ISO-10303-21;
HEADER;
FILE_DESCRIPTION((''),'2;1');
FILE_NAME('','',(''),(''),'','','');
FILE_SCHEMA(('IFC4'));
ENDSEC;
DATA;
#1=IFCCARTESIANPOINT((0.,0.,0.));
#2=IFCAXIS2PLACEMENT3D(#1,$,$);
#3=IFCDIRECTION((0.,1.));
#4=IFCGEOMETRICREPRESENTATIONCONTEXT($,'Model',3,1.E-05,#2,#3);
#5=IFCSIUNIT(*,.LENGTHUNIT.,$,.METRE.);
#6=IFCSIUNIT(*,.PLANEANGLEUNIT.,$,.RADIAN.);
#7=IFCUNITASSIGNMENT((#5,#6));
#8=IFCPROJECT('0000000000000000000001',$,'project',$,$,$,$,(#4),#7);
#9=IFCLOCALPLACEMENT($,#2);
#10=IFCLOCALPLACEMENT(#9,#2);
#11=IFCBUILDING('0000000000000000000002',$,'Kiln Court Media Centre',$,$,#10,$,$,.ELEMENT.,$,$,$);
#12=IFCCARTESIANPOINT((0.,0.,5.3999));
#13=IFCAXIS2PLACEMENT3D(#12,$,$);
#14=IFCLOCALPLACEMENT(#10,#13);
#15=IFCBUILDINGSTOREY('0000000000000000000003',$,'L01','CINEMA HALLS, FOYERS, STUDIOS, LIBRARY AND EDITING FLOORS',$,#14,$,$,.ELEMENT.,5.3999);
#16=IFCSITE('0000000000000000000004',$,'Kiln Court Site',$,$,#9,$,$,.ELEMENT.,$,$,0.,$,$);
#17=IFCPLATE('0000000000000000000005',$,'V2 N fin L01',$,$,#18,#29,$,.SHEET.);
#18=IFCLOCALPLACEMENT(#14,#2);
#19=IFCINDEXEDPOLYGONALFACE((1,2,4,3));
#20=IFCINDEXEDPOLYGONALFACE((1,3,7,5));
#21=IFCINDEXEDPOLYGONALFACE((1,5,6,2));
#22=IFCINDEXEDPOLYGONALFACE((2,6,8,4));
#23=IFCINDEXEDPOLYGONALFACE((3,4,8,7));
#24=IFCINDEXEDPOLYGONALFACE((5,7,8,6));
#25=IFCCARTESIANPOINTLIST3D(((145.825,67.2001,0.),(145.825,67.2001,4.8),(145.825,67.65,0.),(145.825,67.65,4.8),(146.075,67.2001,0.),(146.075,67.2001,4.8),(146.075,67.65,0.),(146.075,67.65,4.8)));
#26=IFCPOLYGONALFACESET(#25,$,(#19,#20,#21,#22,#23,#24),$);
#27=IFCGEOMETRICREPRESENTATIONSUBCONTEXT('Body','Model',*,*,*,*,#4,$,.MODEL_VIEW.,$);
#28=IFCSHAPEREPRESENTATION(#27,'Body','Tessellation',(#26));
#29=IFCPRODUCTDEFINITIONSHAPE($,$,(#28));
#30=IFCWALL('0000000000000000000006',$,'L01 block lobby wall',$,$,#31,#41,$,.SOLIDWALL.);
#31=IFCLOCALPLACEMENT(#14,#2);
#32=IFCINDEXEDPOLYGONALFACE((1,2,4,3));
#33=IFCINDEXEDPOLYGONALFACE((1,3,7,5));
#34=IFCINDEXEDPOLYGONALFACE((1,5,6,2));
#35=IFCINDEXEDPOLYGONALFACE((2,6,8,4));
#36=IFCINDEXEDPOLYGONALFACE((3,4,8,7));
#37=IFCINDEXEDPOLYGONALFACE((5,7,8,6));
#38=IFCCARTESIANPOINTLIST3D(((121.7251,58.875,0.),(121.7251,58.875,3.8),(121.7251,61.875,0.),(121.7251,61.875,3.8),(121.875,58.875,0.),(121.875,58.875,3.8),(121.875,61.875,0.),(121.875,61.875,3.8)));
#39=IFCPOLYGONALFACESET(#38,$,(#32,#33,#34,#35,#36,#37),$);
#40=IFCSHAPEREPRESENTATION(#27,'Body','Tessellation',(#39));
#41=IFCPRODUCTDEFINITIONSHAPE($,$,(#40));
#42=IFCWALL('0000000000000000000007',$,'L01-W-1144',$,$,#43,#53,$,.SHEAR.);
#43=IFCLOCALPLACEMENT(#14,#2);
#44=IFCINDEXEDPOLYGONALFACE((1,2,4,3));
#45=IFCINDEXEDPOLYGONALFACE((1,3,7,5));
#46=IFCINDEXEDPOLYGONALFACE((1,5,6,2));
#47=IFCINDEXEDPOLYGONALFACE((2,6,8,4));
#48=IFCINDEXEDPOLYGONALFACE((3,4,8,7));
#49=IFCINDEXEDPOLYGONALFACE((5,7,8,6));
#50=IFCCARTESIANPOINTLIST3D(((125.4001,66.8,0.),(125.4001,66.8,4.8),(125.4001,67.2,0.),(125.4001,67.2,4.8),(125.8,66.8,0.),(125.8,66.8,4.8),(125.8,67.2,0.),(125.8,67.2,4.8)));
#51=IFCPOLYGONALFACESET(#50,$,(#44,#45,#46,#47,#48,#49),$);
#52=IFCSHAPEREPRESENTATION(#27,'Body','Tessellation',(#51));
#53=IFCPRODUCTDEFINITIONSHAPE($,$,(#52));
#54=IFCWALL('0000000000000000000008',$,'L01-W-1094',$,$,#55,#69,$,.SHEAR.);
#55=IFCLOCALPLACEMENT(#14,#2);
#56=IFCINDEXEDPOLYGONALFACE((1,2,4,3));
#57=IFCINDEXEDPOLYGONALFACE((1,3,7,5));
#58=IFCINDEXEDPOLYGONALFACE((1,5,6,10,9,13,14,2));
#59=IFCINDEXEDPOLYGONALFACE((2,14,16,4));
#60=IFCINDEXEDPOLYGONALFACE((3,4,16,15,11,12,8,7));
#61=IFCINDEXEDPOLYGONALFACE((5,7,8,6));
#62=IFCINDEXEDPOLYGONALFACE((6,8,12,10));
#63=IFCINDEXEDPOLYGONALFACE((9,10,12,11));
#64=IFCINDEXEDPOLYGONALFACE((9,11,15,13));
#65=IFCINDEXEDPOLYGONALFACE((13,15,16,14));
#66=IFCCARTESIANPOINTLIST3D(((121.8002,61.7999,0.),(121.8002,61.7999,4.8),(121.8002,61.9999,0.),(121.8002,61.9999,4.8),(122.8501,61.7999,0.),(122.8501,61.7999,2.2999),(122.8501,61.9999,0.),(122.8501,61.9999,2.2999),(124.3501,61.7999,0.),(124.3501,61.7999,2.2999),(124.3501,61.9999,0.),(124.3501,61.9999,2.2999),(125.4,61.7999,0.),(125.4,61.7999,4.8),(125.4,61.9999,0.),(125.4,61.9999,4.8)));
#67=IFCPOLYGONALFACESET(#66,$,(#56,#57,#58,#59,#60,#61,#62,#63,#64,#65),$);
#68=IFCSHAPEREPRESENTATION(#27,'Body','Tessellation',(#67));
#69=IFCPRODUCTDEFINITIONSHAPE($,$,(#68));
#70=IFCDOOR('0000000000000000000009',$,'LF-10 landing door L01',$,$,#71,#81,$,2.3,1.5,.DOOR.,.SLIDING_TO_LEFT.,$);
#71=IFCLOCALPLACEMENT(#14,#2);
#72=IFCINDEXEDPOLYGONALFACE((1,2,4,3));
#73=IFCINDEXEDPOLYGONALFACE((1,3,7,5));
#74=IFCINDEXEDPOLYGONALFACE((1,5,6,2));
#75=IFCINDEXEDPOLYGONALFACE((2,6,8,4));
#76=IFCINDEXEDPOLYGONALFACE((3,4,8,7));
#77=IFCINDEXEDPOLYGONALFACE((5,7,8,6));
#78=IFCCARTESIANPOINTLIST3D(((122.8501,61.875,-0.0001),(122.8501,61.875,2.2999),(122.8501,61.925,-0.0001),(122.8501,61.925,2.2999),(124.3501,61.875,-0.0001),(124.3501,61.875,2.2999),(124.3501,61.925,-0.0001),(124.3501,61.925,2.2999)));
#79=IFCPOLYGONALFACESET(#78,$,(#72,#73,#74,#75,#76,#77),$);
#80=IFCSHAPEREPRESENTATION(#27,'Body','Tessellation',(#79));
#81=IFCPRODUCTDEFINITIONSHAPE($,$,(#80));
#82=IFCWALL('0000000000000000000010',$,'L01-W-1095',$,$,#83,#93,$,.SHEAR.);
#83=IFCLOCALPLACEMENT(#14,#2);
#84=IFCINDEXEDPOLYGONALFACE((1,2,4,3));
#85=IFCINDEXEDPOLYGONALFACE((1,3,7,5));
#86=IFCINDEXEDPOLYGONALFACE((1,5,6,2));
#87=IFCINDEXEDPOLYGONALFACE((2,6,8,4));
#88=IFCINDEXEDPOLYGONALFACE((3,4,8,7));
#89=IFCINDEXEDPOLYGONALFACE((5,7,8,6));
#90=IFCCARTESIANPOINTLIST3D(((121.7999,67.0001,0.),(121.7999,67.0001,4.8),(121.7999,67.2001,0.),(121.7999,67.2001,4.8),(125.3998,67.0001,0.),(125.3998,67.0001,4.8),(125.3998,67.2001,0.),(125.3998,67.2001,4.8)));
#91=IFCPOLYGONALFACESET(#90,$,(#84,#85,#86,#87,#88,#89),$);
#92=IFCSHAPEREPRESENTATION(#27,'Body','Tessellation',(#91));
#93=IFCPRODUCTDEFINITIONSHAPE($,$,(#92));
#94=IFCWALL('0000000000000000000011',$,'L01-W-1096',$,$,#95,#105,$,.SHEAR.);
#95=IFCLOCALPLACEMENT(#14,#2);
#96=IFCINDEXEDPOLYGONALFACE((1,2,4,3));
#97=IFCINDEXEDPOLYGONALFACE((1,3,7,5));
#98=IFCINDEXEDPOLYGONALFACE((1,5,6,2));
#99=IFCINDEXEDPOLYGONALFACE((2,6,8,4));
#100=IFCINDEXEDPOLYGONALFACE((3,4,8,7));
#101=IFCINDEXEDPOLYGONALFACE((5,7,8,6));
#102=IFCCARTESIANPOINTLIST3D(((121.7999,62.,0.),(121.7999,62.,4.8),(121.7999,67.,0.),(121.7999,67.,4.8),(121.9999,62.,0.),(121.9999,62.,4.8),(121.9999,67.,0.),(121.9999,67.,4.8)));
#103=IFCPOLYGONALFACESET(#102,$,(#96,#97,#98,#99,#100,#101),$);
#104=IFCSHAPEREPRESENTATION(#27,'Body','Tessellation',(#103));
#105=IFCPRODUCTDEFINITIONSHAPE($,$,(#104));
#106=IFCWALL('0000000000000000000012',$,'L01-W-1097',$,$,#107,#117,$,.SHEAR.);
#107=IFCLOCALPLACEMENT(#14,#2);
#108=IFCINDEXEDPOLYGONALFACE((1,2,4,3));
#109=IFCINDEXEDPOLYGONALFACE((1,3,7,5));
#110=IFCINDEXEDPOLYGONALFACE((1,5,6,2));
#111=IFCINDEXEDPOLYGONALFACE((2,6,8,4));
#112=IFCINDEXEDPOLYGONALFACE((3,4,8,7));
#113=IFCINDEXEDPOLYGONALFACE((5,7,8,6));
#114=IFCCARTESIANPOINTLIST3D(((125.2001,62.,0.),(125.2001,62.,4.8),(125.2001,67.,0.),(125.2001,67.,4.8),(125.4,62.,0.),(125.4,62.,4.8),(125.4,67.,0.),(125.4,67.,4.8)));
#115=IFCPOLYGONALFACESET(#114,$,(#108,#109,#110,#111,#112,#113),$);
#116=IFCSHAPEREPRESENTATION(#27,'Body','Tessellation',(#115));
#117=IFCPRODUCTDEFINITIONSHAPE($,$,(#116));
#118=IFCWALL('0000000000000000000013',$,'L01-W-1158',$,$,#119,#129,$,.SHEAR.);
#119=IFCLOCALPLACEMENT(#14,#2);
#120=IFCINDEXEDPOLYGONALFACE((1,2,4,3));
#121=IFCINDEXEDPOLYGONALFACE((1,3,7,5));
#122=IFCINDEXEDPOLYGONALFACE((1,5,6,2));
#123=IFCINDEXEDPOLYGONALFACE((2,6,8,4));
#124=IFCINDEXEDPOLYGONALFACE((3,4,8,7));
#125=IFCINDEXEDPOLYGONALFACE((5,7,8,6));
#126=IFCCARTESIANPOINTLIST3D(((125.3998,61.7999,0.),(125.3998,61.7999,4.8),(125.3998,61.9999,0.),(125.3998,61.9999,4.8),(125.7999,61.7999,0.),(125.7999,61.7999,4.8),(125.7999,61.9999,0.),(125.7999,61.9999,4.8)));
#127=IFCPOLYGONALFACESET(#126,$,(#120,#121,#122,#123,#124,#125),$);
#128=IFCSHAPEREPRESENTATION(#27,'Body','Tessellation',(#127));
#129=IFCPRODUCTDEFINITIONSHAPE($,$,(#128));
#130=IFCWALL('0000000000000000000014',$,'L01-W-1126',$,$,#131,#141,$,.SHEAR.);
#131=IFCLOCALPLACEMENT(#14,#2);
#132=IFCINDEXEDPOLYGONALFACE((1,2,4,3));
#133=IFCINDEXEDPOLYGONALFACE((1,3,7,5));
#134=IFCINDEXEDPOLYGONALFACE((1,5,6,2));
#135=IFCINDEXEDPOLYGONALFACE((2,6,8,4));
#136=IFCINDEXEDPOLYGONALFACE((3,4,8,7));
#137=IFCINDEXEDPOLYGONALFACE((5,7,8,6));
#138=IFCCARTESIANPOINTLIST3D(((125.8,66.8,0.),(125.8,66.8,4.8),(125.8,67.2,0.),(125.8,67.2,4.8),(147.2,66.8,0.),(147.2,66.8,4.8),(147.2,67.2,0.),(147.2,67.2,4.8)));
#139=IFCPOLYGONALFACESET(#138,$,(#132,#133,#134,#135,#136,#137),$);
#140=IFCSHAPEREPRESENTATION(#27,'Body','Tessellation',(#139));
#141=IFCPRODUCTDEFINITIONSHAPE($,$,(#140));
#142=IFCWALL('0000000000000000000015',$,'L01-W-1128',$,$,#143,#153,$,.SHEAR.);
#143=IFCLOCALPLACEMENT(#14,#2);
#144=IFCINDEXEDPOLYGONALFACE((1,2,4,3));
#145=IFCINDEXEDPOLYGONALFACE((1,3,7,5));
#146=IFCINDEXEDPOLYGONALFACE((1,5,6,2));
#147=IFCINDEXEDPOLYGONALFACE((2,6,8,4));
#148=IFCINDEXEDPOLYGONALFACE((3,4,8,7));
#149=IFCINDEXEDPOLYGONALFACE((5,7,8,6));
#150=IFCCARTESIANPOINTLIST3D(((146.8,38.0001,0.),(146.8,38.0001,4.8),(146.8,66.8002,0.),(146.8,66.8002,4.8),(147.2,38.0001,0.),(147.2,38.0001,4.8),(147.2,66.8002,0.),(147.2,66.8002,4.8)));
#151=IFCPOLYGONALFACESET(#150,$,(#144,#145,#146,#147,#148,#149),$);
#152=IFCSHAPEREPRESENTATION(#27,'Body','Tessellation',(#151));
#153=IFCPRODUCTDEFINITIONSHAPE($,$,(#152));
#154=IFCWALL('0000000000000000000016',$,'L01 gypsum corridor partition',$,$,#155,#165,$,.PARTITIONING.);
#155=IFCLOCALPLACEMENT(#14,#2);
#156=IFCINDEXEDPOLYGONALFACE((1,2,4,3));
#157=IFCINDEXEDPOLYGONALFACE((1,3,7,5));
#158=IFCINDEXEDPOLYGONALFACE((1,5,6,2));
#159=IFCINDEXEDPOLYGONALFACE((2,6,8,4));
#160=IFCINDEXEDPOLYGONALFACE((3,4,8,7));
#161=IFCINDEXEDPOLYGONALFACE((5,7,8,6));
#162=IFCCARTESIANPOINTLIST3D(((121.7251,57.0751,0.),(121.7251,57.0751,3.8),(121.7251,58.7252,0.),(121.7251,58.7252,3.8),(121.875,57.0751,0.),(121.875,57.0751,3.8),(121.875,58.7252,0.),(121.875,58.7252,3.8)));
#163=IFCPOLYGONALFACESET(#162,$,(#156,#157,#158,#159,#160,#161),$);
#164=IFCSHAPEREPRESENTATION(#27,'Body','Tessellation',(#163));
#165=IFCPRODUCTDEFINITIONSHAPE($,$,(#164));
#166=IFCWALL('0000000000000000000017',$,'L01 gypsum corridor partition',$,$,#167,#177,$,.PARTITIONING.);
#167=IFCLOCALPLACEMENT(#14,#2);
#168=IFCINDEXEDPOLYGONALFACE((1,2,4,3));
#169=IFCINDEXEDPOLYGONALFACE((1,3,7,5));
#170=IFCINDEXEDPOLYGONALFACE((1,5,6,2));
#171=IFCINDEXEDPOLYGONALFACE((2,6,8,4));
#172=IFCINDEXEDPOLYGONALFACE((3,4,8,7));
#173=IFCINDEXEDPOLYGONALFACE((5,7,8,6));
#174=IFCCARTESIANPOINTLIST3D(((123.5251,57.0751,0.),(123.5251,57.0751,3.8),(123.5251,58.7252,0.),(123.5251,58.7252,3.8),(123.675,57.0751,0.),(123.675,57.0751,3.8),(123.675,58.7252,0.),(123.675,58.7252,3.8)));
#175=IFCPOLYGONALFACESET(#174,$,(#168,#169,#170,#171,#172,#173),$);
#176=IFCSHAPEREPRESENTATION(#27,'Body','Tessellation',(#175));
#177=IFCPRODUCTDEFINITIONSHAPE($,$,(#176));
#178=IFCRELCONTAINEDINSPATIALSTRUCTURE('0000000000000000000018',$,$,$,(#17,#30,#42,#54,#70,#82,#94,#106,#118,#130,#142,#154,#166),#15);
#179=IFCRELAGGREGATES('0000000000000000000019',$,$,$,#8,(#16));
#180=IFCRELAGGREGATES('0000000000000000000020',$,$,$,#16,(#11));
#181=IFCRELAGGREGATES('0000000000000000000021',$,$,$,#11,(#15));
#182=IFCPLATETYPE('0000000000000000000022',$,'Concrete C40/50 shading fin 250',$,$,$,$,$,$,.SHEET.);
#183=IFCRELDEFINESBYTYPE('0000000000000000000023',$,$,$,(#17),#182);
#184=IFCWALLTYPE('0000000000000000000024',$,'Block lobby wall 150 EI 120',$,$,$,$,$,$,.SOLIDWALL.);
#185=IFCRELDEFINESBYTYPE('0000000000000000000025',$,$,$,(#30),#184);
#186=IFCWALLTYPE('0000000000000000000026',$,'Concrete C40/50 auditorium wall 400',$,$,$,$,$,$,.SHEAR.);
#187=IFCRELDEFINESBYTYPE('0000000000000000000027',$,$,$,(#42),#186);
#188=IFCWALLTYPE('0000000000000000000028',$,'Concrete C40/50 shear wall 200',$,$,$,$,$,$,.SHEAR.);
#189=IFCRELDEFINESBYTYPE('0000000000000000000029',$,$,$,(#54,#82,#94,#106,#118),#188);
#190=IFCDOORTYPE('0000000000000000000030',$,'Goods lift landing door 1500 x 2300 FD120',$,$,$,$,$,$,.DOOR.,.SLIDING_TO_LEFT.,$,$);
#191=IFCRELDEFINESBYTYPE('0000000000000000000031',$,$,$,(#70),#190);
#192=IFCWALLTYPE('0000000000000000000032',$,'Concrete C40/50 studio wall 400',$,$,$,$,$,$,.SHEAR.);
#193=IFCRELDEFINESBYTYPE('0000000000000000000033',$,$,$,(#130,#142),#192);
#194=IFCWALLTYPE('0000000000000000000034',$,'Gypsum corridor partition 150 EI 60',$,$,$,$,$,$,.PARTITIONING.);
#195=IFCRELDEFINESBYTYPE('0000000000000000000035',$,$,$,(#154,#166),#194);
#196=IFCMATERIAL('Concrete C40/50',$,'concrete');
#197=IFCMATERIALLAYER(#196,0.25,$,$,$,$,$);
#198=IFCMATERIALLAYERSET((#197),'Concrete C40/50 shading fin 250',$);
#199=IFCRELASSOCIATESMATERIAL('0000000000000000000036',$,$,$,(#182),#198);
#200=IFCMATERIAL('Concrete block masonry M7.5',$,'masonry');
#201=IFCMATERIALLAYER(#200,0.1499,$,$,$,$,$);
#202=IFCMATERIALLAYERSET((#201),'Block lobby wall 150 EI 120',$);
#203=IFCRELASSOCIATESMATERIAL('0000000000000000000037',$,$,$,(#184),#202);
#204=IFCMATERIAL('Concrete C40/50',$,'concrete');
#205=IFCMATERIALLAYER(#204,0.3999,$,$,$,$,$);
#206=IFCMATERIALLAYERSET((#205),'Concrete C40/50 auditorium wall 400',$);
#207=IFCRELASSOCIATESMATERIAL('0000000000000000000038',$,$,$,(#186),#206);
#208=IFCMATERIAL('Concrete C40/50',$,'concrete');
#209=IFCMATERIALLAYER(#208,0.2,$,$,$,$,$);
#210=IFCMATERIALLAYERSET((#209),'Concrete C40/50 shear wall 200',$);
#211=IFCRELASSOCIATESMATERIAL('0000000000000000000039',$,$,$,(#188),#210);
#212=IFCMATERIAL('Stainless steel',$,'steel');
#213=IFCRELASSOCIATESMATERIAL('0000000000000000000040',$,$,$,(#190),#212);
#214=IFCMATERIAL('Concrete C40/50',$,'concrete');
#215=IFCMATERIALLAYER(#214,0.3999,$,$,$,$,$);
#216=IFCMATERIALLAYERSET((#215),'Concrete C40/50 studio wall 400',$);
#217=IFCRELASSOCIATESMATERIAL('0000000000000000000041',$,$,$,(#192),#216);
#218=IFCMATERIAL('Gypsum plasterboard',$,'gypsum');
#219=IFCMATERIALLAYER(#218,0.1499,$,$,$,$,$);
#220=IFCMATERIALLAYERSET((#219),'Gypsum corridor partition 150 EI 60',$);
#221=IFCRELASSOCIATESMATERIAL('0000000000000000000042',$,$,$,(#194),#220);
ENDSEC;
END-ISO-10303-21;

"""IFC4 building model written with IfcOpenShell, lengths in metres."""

from ifc_helpers import new_model, si_unit, direction, frame, frame_2d, origin, origin_2d, place, context, subcontext, project, spatial, rectangle, extrude, material, layer, layer_set, type_object, element, fill, save


model = new_model("IFC4")

# Units and contexts
model_context = context("Model", 3, precision=1e-05, world=origin(), true_north=direction((0.0, 1.0)))
body_context = subcontext(model_context, "Body", "Model", "MODEL_VIEW")
ifc_project = project(units=[si_unit("LENGTHUNIT", "METRE"), si_unit("PLANEANGLEUNIT", "RADIAN")], contexts=[model_context])

# Site, building, storey
site_placement = place(None, origin())
site = spatial("IfcSite", under=ifc_project, at=site_placement, Name="Kiln Court Site", CompositionType="ELEMENT", RefElevation=0.0)
building_placement = place(site_placement, origin())
building = spatial("IfcBuilding", under=site, at=building_placement, Name="Kiln Court Media Centre", CompositionType="ELEMENT")
storey_placement = place(building_placement, frame((0.0, 0.0, 5.3999)))
storey = spatial("IfcBuildingStorey", under=building, at=storey_placement, Name="L01", Description="CINEMA HALLS, FOYERS, STUDIOS, LIBRARY AND EDITING FLOORS", CompositionType="ELEMENT", Elevation=5.3999)

# Plate
ifc_material_1 = material(Name="Concrete C40/50", Category="concrete")
ifc_layer_1 = layer(ifc_material_1, 0.25)
ifc_layer_set_1 = layer_set([ifc_layer_1], Name="Concrete C40/50 shading fin 250")
plate_type = type_object("IfcPlateType", Name="Concrete C40/50 shading fin 250", PredefinedType="SHEET", material=ifc_layer_set_1)
for number, where, z_axis, x_axis, name in (
    (1, (145.95, 67.425, 0.0), (0.0, 0.0, 1.0), (1.0, 0.0, 0.0), "V2 N fin L01"),
):
    element("IfcPlate", number, at=place(storey_placement, frame(where, z_axis=z_axis, x_axis=x_axis)), inside=storey, type_object=plate_type, Name=name, PredefinedType="SHEET", context=body_context, shape_type="SweptSolid", body=[
        extrude(rectangle(XDim=0.25, YDim=0.45, at=origin_2d()), origin(), (0.0, 0.0, 1.0), 4.8),
    ])

# Walls
ifc_material_2 = material(Name="Concrete block masonry M7.5", Category="masonry")
ifc_layer_2 = layer(ifc_material_2, 0.1499)
ifc_layer_set_2 = layer_set([ifc_layer_2], Name="Block lobby wall 150 EI 120")
wall_type_1 = type_object("IfcWallType", Name="Block lobby wall 150 EI 120", PredefinedType="SOLIDWALL", material=ifc_layer_set_2)
wall_1_placement = place(storey_placement, frame((121.8, 58.875, 0.0), z_axis=(0.0, 0.0, 1.0), x_axis=(0.0, 1.0, 0.0)))
element("IfcWall", 2, at=wall_1_placement, inside=storey, type_object=wall_type_1, Name="L01 block lobby wall", PredefinedType="SOLIDWALL", context=body_context, shape_type="SweptSolid", body=[
    extrude(rectangle(XDim=3.0, YDim=0.1499, at=frame_2d((1.5, 0.0))), origin(), (0.0, 0.0, 1.0), 3.8),
])
ifc_material_3 = material(Name="Concrete C40/50", Category="concrete")
ifc_layer_3 = layer(ifc_material_3, 0.3999)
ifc_layer_set_3 = layer_set([ifc_layer_3], Name="Concrete C40/50 auditorium wall 400")
wall_type_2 = type_object("IfcWallType", Name="Concrete C40/50 auditorium wall 400", PredefinedType="SHEAR", material=ifc_layer_set_3)
wall_2_placement = place(storey_placement, frame((125.6001, 66.8, 0.0), z_axis=(0.0, 0.0, 1.0), x_axis=(0.0, 1.0, 0.0)))
element("IfcWall", 3, at=wall_2_placement, inside=storey, type_object=wall_type_2, Name="L01-W-1144", PredefinedType="SHEAR", context=body_context, shape_type="SweptSolid", body=[
    extrude(rectangle(XDim=0.3999, YDim=0.3999, at=frame_2d((0.2, 0.0))), origin(), (0.0, 0.0, 1.0), 4.8),
])

# Wall, opening, door
ifc_material_4 = material(Name="Concrete C40/50", Category="concrete")
ifc_layer_4 = layer(ifc_material_4, 0.2)
ifc_layer_set_4 = layer_set([ifc_layer_4], Name="Concrete C40/50 shear wall 200")
wall_type_3 = type_object("IfcWallType", Name="Concrete C40/50 shear wall 200", PredefinedType="SHEAR", material=ifc_layer_set_4)
wall_3_placement = place(storey_placement, frame((125.3999, 61.8999, 0.0), z_axis=(0.0, 0.0, 1.0), x_axis=(-1.0, 0.0, 0.0)))
wall_3 = element("IfcWall", 4, at=wall_3_placement, inside=storey, type_object=wall_type_3, Name="L01-W-1094", PredefinedType="SHEAR", context=body_context, shape_type="SweptSolid", body=[
    extrude(rectangle(XDim=3.5999, YDim=0.2, at=frame_2d((1.7998, 0.0))), origin(), (0.0, 0.0, 1.0), 4.8),
])
opening_placement = place(wall_3_placement, frame((1.0498, 0.0, 0.0)))
opening = element("IfcOpeningElement", 5, at=opening_placement, cuts=wall_3, PredefinedType="OPENING", context=body_context, shape_type="SweptSolid", body=[
    extrude(rectangle(XDim=1.5, YDim=2.3, at=frame_2d((0.75, 1.1499))), frame((0.0, 0.1099, 0.0), z_axis=(0.0, -1.0, 0.0), x_axis=(1.0, 0.0, 0.0)), (0.0, 0.0, 1.0), 0.22),
])
ifc_material_5 = material(Name="Stainless steel", Category="steel")
door_type = type_object("IfcDoorType", Name="Goods lift landing door 1500 x 2300 FD120", OperationType="SLIDING_TO_LEFT", PredefinedType="DOOR", material=ifc_material_5)
door_placement = place(opening_placement, origin())
door = element("IfcDoor", 6, at=door_placement, inside=storey, type_object=door_type, Name="LF-10 landing door L01", OperationType="SLIDING_TO_LEFT", OverallHeight=2.3, OverallWidth=1.5, PredefinedType="DOOR", context=body_context, shape_type="SweptSolid", body=[
    extrude(rectangle(XDim=1.5, YDim=2.3, at=frame_2d((0.75, 1.1499))), frame((0.0, 0.0249, 0.0), z_axis=(0.0, -1.0, 0.0), x_axis=(1.0, 0.0, 0.0)), (0.0, 0.0, 1.0), 0.05),
])
fill(opening, door)

# Walls
wall_4_placement = place(storey_placement, frame((121.8, 67.1001, 0.0), z_axis=(0.0, 0.0, 1.0), x_axis=(1.0, 0.0, 0.0)))
element("IfcWall", 7, at=wall_4_placement, inside=storey, type_object=wall_type_3, Name="L01-W-1095", PredefinedType="SHEAR", context=body_context, shape_type="SweptSolid", body=[
    extrude(rectangle(XDim=3.5999, YDim=0.2, at=frame_2d((1.7998, 0.0))), origin(), (0.0, 0.0, 1.0), 4.8),
])
for number, where, z_axis, x_axis, name in (
    (8, (121.8999, 62.0, 0.0), (0.0, 0.0, 1.0), (0.0, 1.0, 0.0), "L01-W-1096"),
    (9, (125.3, 67.0, 0.0), (0.0, 0.0, 1.0), (0.0, -1.0, 0.0), "L01-W-1097"),
):
    element("IfcWall", number, at=place(storey_placement, frame(where, z_axis=z_axis, x_axis=x_axis)), inside=storey, type_object=wall_type_3, Name=name, PredefinedType="SHEAR", context=body_context, shape_type="SweptSolid", body=[
        extrude(rectangle(XDim=5.0, YDim=0.2, at=frame_2d((2.5, 0.0))), origin(), (0.0, 0.0, 1.0), 4.8),
    ])
wall_5_placement = place(storey_placement, frame((125.8, 61.8999, 0.0), z_axis=(0.0, 0.0, 1.0), x_axis=(-1.0, 0.0, 0.0)))
element("IfcWall", 10, at=wall_5_placement, inside=storey, type_object=wall_type_3, Name="L01-W-1158", PredefinedType="SHEAR", context=body_context, shape_type="SweptSolid", body=[
    extrude(rectangle(XDim=0.4001, YDim=0.2, at=frame_2d((0.2002, 0.0))), origin(), (0.0, 0.0, 1.0), 4.8),
])
ifc_material_6 = material(Name="Concrete C40/50", Category="concrete")
ifc_layer_5 = layer(ifc_material_6, 0.3999)
ifc_layer_set_5 = layer_set([ifc_layer_5], Name="Concrete C40/50 studio wall 400")
wall_type_4 = type_object("IfcWallType", Name="Concrete C40/50 studio wall 400", PredefinedType="SHEAR", material=ifc_layer_set_5)
wall_6_placement = place(storey_placement, frame((125.8, 67.0, 0.0), z_axis=(0.0, 0.0, 1.0), x_axis=(1.0, 0.0, 0.0)))
element("IfcWall", 11, at=wall_6_placement, inside=storey, type_object=wall_type_4, Name="L01-W-1126", PredefinedType="SHEAR", context=body_context, shape_type="SweptSolid", body=[
    extrude(rectangle(XDim=21.3999, YDim=0.3999, at=frame_2d((10.7, 0.0))), origin(), (0.0, 0.0, 1.0), 4.8),
])
wall_7_placement = place(storey_placement, frame((147.0, 66.8, 0.0), z_axis=(0.0, 0.0, 1.0), x_axis=(0.0, -1.0, 0.0)))
element("IfcWall", 12, at=wall_7_placement, inside=storey, type_object=wall_type_4, Name="L01-W-1128", PredefinedType="SHEAR", context=body_context, shape_type="SweptSolid", body=[
    extrude(rectangle(XDim=28.8, YDim=0.3999, at=frame_2d((14.3999, 0.0))), origin(), (0.0, 0.0, 1.0), 4.8),
])
ifc_material_7 = material(Name="Gypsum plasterboard", Category="gypsum")
ifc_layer_6 = layer(ifc_material_7, 0.1499)
ifc_layer_set_6 = layer_set([ifc_layer_6], Name="Gypsum corridor partition 150 EI 60")
wall_type_5 = type_object("IfcWallType", Name="Gypsum corridor partition 150 EI 60", PredefinedType="PARTITIONING", material=ifc_layer_set_6)
for number, where, z_axis, x_axis, name in (
    (13, (121.8, 57.075, 0.0), (0.0, 0.0, 1.0), (0.0, 1.0, 0.0), "L01 gypsum corridor partition"),
    (14, (123.6001, 57.075, 0.0), (0.0, 0.0, 1.0), (0.0, 1.0, 0.0), "L01 gypsum corridor partition"),
):
    element("IfcWall", number, at=place(storey_placement, frame(where, z_axis=z_axis, x_axis=x_axis)), inside=storey, type_object=wall_type_5, Name=name, PredefinedType="PARTITIONING", context=body_context, shape_type="SweptSolid", body=[
        extrude(rectangle(XDim=1.6501, YDim=0.1499, at=frame_2d((0.8252, 0.0))), origin(), (0.0, 0.0, 1.0), 3.8),
    ])

save(model, "model.ifc")
